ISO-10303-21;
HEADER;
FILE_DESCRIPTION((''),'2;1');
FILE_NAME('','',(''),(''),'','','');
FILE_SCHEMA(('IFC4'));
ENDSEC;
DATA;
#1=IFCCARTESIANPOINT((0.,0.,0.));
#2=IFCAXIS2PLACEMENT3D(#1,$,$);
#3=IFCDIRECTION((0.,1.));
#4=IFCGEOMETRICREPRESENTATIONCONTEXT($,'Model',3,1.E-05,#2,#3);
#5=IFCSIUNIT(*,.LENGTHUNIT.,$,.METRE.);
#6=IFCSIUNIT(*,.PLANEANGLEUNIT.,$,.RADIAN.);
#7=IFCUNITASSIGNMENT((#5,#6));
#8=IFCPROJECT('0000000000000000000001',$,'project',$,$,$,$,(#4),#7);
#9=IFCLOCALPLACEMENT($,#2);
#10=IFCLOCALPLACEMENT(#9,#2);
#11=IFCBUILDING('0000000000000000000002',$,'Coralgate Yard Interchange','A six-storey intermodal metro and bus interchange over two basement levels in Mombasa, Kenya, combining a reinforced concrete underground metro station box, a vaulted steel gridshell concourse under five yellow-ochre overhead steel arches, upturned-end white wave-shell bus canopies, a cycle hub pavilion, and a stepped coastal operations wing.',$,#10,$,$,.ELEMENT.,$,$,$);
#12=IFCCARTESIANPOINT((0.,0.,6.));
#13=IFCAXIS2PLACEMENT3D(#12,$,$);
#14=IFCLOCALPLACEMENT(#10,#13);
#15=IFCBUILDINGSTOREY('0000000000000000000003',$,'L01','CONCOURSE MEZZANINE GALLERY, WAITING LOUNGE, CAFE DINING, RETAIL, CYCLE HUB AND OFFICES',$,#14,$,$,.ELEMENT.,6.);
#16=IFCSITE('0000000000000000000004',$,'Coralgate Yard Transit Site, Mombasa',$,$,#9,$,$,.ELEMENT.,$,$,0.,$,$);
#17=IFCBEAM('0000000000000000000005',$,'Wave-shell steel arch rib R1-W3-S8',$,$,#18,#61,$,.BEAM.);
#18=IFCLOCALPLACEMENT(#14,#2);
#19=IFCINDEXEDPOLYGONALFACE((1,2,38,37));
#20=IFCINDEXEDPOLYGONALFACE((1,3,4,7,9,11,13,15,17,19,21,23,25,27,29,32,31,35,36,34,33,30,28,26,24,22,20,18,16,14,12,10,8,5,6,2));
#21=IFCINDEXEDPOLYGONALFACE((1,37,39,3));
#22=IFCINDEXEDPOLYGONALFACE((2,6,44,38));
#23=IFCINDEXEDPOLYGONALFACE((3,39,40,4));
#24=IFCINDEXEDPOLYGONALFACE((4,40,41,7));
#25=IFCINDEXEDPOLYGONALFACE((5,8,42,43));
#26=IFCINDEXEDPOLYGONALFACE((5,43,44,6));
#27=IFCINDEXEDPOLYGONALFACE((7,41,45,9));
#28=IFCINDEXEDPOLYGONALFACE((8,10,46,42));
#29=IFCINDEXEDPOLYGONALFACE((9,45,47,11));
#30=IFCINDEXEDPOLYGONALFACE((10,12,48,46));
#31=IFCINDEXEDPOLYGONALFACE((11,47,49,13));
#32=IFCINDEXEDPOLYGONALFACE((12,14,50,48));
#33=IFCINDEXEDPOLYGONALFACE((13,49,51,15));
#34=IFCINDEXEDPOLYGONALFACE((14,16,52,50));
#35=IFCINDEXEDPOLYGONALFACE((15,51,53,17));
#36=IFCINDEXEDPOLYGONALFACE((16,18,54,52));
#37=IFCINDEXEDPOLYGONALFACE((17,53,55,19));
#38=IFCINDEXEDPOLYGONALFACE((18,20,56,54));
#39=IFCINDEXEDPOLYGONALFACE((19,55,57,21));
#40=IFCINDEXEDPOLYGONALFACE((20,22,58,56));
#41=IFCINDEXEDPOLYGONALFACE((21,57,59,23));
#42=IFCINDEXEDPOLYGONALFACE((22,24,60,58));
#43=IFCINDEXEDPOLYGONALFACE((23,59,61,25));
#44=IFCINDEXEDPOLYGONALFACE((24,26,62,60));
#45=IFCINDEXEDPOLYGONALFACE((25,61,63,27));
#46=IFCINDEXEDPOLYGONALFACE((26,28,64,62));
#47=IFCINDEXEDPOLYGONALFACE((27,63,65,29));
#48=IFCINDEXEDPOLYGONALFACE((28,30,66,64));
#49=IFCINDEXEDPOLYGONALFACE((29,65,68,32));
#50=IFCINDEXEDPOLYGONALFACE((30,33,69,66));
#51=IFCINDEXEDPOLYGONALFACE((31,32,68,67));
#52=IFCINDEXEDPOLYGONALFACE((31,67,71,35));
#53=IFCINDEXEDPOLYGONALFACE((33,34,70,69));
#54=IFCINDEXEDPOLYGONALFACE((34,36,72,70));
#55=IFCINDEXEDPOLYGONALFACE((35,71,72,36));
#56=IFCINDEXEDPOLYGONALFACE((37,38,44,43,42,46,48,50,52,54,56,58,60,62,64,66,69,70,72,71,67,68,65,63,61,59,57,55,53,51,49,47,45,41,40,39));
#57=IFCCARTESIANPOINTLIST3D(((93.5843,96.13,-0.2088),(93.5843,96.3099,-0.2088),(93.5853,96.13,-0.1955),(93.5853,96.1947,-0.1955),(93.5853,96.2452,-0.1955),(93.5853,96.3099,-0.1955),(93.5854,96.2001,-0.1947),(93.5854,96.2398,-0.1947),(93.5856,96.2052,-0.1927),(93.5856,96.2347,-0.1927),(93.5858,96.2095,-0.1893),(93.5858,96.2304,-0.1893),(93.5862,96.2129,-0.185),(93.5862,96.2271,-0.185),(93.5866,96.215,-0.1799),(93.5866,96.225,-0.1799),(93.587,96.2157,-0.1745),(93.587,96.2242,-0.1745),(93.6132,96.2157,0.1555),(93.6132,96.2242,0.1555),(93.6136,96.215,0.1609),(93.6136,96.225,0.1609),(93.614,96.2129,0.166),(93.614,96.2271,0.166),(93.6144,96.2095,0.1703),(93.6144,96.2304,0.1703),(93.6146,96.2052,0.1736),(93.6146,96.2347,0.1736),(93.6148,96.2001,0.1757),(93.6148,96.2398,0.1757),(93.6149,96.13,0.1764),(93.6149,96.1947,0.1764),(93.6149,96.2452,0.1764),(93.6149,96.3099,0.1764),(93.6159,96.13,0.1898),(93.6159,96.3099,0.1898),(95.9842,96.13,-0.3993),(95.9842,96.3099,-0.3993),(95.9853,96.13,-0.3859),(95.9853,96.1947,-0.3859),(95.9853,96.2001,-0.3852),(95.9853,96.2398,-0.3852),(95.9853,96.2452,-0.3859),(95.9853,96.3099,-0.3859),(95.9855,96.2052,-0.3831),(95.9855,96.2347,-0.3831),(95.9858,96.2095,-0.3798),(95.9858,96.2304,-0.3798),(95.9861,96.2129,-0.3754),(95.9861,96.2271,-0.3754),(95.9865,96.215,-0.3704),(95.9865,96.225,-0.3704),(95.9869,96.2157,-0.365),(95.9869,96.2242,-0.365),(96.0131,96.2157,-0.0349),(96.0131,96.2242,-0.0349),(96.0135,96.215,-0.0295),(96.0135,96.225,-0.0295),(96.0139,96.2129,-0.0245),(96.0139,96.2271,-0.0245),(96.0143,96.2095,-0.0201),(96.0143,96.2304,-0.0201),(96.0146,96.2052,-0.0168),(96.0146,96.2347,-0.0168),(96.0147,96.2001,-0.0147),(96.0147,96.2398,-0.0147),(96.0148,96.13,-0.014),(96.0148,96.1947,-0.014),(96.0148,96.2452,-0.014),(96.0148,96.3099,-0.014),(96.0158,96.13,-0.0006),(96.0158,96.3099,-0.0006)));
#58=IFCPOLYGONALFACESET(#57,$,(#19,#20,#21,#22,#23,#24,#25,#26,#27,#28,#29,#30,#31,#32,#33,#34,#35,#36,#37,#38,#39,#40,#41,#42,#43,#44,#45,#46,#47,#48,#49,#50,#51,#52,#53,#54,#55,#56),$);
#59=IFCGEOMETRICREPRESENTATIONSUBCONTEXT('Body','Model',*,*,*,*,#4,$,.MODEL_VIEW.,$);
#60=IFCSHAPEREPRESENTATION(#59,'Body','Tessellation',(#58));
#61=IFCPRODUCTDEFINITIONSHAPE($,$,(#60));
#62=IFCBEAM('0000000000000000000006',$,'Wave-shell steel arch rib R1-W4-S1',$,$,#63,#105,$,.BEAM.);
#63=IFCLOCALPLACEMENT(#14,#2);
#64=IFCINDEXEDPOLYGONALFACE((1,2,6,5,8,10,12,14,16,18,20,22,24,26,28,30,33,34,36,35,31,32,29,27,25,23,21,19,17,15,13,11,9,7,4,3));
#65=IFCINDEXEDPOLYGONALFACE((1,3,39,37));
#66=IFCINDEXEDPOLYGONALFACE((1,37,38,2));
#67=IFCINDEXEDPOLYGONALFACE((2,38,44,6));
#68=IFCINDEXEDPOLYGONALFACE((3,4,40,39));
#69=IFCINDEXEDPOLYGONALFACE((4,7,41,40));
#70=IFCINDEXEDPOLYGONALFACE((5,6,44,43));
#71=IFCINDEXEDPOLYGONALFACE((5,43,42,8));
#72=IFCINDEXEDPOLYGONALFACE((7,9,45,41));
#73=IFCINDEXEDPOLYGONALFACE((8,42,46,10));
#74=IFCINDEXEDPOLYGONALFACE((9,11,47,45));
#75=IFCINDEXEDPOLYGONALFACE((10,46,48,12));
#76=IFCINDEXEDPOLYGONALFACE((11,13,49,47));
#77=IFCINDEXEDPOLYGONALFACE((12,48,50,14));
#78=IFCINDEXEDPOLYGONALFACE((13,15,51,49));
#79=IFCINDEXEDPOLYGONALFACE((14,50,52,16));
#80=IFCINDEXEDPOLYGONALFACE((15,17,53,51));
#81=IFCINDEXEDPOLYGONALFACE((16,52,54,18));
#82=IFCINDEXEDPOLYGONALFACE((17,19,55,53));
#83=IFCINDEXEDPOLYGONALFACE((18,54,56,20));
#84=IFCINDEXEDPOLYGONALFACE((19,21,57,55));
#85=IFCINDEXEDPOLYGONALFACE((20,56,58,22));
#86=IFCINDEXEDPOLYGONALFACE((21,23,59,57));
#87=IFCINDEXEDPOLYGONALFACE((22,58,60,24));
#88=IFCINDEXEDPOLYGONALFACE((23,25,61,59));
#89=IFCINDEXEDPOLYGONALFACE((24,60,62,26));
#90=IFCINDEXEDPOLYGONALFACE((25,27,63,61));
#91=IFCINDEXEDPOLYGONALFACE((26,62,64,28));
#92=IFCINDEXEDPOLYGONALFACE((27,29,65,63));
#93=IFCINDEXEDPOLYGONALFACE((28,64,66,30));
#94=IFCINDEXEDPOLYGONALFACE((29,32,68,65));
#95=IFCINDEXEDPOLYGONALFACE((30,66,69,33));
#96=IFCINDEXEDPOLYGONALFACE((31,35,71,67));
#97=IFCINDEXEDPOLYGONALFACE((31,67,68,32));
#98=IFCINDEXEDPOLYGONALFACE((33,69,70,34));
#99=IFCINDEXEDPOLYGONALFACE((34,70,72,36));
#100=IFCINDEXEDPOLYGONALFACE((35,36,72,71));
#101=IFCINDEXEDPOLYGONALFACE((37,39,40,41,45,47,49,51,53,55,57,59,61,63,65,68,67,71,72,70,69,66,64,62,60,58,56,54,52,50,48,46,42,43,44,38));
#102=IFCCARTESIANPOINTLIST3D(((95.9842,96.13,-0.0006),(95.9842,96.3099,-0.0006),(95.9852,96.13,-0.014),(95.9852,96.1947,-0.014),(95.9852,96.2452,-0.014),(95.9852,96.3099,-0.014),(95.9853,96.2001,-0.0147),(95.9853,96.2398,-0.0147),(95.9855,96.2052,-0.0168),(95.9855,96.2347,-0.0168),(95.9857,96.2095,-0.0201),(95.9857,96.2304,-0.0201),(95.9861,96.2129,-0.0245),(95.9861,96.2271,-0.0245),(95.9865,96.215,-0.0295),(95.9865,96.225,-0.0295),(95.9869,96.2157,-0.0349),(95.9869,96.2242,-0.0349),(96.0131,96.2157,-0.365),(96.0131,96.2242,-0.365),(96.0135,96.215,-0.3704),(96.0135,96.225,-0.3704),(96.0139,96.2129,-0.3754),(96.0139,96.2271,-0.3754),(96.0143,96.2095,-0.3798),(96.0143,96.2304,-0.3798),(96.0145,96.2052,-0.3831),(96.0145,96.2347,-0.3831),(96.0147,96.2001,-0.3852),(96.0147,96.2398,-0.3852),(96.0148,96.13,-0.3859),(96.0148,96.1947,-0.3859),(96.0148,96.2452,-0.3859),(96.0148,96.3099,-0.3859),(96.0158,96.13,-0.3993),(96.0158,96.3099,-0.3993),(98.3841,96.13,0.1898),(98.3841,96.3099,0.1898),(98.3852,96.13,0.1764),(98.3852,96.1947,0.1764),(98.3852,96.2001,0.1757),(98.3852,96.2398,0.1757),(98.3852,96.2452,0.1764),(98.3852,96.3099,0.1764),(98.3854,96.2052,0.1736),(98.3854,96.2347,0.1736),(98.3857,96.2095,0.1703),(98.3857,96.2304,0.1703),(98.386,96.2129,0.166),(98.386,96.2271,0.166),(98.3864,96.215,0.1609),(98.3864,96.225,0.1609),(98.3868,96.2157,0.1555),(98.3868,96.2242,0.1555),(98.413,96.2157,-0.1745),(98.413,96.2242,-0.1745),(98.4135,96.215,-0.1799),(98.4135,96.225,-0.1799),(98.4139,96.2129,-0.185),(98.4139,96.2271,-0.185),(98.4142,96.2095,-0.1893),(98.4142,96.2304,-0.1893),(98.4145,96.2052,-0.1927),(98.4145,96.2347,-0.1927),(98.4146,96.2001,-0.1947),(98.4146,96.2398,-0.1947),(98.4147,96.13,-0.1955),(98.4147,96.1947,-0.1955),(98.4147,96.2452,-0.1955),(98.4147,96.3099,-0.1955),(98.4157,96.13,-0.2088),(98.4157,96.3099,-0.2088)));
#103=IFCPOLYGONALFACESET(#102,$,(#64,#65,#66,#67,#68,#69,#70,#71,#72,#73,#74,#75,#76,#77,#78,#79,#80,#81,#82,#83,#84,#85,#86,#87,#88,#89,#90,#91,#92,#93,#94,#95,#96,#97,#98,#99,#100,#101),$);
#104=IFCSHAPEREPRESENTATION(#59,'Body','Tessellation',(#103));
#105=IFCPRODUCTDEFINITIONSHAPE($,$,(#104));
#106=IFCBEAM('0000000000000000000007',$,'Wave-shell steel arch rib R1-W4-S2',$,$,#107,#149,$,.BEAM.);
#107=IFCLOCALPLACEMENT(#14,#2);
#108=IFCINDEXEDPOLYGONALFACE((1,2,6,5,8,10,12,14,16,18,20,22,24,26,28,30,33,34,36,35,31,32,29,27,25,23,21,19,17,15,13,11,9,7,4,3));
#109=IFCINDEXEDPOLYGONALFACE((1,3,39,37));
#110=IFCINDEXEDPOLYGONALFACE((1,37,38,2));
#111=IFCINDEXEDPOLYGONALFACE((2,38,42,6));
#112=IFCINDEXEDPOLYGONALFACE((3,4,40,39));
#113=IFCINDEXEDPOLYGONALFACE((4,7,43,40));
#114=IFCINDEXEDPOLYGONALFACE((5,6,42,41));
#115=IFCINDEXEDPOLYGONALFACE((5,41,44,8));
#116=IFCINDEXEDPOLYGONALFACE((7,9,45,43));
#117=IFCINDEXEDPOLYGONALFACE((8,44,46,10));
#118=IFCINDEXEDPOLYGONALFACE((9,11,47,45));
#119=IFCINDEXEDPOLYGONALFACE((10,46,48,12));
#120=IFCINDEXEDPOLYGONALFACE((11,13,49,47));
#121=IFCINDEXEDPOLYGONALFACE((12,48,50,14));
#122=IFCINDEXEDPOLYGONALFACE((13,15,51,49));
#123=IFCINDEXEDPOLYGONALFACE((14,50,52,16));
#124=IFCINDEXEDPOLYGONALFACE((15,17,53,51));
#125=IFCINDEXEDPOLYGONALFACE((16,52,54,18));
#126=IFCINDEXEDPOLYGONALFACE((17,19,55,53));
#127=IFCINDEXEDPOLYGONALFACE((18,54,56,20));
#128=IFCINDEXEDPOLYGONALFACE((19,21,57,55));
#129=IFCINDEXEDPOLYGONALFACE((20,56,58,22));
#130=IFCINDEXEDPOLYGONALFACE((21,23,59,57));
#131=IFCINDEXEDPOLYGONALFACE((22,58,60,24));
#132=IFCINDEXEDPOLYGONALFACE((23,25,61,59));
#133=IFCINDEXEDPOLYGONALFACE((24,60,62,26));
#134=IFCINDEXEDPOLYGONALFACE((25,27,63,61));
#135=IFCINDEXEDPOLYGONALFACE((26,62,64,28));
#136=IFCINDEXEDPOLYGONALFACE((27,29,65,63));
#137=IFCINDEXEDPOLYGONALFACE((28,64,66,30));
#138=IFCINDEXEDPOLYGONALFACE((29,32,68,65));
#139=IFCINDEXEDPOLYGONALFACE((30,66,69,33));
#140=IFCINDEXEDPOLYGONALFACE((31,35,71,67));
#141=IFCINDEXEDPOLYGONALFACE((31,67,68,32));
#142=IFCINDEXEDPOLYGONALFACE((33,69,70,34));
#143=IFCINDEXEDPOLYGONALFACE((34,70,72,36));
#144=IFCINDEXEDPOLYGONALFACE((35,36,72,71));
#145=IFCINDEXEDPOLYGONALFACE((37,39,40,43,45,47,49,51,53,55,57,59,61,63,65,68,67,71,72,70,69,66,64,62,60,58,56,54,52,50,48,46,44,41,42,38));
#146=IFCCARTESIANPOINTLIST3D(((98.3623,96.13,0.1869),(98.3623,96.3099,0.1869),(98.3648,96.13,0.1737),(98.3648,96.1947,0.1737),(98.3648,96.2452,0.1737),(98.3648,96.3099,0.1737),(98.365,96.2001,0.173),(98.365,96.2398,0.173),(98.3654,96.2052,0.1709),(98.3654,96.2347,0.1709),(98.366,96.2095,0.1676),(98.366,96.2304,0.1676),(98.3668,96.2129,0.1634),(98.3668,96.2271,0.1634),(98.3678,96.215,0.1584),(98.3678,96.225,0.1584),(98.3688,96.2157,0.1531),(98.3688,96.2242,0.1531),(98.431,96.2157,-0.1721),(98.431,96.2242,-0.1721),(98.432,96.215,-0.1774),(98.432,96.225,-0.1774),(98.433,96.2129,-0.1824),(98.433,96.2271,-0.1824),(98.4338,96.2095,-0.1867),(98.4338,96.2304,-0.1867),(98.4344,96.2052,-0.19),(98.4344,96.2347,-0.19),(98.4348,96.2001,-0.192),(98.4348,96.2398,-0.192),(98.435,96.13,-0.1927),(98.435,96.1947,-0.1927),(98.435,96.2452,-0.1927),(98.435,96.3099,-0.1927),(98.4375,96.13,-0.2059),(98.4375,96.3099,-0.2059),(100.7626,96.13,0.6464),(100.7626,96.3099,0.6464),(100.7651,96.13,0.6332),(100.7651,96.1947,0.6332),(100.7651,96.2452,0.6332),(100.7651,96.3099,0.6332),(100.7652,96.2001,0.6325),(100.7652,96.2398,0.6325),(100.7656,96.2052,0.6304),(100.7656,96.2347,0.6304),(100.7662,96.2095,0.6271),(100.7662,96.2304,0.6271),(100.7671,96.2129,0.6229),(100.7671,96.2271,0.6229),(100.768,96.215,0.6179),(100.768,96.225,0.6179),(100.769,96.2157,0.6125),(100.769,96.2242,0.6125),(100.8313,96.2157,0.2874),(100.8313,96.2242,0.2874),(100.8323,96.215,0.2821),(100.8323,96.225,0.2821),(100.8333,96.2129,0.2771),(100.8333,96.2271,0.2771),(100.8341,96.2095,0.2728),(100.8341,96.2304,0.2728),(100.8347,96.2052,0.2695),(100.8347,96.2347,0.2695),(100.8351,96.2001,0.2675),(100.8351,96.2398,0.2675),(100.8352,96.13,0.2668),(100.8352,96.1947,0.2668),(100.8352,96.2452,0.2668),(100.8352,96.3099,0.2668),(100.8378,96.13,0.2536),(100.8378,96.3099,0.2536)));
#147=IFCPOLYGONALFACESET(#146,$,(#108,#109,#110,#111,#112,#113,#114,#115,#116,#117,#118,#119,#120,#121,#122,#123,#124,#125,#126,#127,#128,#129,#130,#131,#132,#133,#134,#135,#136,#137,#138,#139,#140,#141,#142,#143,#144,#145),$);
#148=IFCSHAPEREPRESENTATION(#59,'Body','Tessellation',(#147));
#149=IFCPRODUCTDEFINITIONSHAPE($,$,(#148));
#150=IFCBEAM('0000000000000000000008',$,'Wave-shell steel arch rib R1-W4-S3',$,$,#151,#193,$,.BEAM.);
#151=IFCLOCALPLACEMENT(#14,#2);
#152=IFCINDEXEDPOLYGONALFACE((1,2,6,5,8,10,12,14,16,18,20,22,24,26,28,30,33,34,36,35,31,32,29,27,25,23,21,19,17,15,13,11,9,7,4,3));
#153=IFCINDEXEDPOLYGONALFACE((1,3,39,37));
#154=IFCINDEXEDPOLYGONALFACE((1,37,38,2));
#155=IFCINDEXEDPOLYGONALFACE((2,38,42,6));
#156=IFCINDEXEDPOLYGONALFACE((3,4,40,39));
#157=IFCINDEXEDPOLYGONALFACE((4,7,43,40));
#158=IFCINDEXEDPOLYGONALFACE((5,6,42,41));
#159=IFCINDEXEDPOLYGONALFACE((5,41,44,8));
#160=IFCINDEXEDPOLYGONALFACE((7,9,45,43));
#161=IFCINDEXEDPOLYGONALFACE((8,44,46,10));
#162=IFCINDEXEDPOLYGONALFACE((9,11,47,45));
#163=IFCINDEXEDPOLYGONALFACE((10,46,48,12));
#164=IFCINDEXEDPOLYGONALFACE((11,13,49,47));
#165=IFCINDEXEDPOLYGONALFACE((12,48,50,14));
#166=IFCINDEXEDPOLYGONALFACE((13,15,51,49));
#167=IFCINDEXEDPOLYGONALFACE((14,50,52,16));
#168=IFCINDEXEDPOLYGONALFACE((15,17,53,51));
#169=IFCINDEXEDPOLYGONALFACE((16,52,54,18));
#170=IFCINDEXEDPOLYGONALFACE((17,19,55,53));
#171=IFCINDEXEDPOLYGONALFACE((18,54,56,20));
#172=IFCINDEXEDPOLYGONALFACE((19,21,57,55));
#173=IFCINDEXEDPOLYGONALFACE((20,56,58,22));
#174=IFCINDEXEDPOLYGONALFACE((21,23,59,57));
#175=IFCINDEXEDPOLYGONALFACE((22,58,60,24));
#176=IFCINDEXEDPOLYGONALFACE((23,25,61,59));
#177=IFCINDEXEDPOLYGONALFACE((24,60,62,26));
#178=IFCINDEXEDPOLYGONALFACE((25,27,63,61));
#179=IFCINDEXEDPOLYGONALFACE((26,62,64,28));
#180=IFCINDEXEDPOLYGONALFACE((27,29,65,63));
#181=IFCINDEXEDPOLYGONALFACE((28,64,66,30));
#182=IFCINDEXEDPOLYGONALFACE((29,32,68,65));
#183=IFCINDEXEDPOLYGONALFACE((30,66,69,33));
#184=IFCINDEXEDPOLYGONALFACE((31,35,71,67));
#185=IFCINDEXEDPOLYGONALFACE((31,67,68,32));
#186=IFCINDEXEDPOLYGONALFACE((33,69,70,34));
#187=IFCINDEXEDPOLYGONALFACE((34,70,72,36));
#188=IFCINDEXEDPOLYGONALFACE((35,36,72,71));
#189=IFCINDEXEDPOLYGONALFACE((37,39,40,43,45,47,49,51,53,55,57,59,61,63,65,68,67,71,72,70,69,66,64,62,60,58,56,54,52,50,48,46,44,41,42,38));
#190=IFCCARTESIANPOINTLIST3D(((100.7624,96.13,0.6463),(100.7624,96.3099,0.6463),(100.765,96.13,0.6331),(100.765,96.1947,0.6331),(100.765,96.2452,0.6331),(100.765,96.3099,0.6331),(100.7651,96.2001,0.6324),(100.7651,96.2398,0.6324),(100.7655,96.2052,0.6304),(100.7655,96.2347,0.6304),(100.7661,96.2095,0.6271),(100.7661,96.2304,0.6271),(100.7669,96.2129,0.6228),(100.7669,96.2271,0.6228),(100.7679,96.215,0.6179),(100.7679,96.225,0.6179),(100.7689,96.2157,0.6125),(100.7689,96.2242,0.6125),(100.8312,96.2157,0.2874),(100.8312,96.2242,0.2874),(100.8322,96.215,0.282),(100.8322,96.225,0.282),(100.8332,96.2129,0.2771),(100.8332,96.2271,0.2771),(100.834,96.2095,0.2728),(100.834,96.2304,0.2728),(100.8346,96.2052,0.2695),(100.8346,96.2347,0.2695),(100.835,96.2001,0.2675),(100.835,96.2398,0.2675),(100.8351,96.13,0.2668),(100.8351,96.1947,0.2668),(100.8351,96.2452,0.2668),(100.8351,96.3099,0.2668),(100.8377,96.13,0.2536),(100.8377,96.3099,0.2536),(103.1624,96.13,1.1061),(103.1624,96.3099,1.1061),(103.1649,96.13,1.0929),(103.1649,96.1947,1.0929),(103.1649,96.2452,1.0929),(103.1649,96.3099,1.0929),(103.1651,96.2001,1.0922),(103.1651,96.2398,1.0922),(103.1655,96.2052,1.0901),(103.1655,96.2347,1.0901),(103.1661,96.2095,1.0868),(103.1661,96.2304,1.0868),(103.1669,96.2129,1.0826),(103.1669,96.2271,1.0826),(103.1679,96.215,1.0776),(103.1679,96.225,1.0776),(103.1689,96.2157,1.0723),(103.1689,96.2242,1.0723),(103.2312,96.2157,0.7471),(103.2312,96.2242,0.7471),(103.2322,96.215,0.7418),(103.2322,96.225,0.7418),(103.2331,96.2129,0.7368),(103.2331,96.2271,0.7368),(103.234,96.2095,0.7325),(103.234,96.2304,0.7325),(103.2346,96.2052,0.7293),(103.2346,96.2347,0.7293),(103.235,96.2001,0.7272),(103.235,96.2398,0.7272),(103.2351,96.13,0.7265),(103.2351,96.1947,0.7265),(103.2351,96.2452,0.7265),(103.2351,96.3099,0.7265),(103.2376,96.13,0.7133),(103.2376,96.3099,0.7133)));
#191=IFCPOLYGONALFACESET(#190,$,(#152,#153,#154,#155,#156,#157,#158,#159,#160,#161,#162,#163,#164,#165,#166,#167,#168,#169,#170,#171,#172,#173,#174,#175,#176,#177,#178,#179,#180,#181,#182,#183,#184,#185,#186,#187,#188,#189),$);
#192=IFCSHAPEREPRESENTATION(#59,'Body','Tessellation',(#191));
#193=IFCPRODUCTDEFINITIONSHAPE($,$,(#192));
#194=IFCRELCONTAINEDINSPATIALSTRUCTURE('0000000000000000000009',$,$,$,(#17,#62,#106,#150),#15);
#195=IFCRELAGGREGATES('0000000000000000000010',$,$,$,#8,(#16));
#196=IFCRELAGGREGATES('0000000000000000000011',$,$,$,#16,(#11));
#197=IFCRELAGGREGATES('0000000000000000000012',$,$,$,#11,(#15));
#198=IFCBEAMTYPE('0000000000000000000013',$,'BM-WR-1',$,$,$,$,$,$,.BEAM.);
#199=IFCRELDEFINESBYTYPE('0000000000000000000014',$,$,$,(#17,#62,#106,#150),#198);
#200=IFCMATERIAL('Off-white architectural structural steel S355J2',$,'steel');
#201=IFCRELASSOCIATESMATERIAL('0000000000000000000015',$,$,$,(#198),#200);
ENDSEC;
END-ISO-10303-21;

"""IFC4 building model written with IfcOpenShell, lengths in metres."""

from ifc_helpers import new_model, si_unit, direction, frame, origin, origin_2d, place, context, subcontext, project, spatial, i_section, extrude, material, material_profile, profile_set, type_object, element, save


model = new_model("IFC4")

# Units and contexts
model_context = context("Model", 3, precision=1e-05, world=origin(), true_north=direction((0.0, 1.0)))
body_context = subcontext(model_context, "Body", "Model", "MODEL_VIEW")
ifc_project = project(units=[si_unit("LENGTHUNIT", "METRE"), si_unit("PLANEANGLEUNIT", "RADIAN")], contexts=[model_context])

# Site, building, storey
site_placement = place(None, origin())
site = spatial("IfcSite", under=ifc_project, at=site_placement, Name="Coralgate Yard Transit Site, Mombasa", CompositionType="ELEMENT", RefElevation=0.0)
building_placement = place(site_placement, origin())
building = spatial("IfcBuilding", under=site, at=building_placement, Name="Coralgate Yard Interchange", Description="A six-storey intermodal metro and bus interchange over two basement levels in Mombasa, Kenya, combining a reinforced concrete underground metro station box, a vaulted steel gridshell concourse under five yellow-ochre overhead steel arches, upturned-end white wave-shell bus canopies, a cycle hub pavilion, and a stepped coastal operations wing.", CompositionType="ELEMENT")
storey_placement = place(building_placement, frame((0.0, 0.0, 6.0)))
storey = spatial("IfcBuildingStorey", under=building, at=storey_placement, Name="L01", Description="CONCOURSE MEZZANINE GALLERY, WAITING LOUNGE, CAFE DINING, RETAIL, CYCLE HUB AND OFFICES", CompositionType="ELEMENT", Elevation=6.0)

# Beams
ifc_material_1 = material(Name="Off-white architectural structural steel S355J2", Category="steel")
ifc_material_profile_1 = material_profile(ifc_material_1, i_section(OverallWidth=0.1799, OverallDepth=0.3999, WebThickness=0.0085, FlangeThickness=0.0134, FilletRadius=0.021, at=origin_2d()), Name="IPE 400")
ifc_profile_set_1 = profile_set([ifc_material_profile_1], Name="Off-white architectural structural steel S355J2")
beam_type_1 = type_object("IfcBeamType", Name="BM-WR-1", PredefinedType="BEAM", material=ifc_profile_set_1)
for number, where, z_axis, x_axis, name in (
    (1, (93.6001, 96.22, -0.0095), (0.996867, 0.0, -0.0791), (0.0, 1.0, 0.0), "Wave-shell steel arch rib R1-W3-S8"),
    (2, (96.0, 96.22, -0.2), (0.996867, 0.0, 0.0791), (0.0, 1.0, 0.0), "Wave-shell steel arch rib R1-W4-S1"),
):
    element("IfcBeam", number, at=place(storey_placement, frame(where, z_axis=z_axis, x_axis=x_axis)), inside=storey, type_object=beam_type_1, Name=name, PredefinedType="BEAM", context=body_context, shape_type="SweptSolid", body=[
        extrude(i_section(OverallWidth=0.1799, OverallDepth=0.3999, WebThickness=0.0085, FlangeThickness=0.0134, FilletRadius=0.021, at=origin_2d()), origin(), (0.0, 0.0, 1.0), 2.4075),
    ])
beam_1_placement = place(storey_placement, frame((98.3999, 96.22, -0.0095), z_axis=(0.982165, 0.0, 0.188021), x_axis=(0.0, 1.0, 0.0)))
element("IfcBeam", 3, at=beam_1_placement, inside=storey, type_object=beam_type_1, Name="Wave-shell steel arch rib R1-W4-S2", PredefinedType="BEAM", context=body_context, shape_type="SweptSolid", body=[
    extrude(i_section(OverallWidth=0.1799, OverallDepth=0.3999, WebThickness=0.0085, FlangeThickness=0.0134, FilletRadius=0.021, at=origin_2d()), origin(), (0.0, 0.0, 1.0), 2.4438),
])
beam_2_placement = place(storey_placement, frame((100.8, 96.22, 0.45), z_axis=(0.982143, 0.0, 0.188136), x_axis=(0.0, 1.0, 0.0)))
element("IfcBeam", 4, at=beam_2_placement, inside=storey, type_object=beam_type_1, Name="Wave-shell steel arch rib R1-W4-S3", PredefinedType="BEAM", context=body_context, shape_type="SweptSolid", body=[
    extrude(i_section(OverallWidth=0.1799, OverallDepth=0.3999, WebThickness=0.0085, FlangeThickness=0.0134, FilletRadius=0.021, at=origin_2d()), origin(), (0.0, 0.0, 1.0), 2.4436),
])

save(model, "model.ifc")
